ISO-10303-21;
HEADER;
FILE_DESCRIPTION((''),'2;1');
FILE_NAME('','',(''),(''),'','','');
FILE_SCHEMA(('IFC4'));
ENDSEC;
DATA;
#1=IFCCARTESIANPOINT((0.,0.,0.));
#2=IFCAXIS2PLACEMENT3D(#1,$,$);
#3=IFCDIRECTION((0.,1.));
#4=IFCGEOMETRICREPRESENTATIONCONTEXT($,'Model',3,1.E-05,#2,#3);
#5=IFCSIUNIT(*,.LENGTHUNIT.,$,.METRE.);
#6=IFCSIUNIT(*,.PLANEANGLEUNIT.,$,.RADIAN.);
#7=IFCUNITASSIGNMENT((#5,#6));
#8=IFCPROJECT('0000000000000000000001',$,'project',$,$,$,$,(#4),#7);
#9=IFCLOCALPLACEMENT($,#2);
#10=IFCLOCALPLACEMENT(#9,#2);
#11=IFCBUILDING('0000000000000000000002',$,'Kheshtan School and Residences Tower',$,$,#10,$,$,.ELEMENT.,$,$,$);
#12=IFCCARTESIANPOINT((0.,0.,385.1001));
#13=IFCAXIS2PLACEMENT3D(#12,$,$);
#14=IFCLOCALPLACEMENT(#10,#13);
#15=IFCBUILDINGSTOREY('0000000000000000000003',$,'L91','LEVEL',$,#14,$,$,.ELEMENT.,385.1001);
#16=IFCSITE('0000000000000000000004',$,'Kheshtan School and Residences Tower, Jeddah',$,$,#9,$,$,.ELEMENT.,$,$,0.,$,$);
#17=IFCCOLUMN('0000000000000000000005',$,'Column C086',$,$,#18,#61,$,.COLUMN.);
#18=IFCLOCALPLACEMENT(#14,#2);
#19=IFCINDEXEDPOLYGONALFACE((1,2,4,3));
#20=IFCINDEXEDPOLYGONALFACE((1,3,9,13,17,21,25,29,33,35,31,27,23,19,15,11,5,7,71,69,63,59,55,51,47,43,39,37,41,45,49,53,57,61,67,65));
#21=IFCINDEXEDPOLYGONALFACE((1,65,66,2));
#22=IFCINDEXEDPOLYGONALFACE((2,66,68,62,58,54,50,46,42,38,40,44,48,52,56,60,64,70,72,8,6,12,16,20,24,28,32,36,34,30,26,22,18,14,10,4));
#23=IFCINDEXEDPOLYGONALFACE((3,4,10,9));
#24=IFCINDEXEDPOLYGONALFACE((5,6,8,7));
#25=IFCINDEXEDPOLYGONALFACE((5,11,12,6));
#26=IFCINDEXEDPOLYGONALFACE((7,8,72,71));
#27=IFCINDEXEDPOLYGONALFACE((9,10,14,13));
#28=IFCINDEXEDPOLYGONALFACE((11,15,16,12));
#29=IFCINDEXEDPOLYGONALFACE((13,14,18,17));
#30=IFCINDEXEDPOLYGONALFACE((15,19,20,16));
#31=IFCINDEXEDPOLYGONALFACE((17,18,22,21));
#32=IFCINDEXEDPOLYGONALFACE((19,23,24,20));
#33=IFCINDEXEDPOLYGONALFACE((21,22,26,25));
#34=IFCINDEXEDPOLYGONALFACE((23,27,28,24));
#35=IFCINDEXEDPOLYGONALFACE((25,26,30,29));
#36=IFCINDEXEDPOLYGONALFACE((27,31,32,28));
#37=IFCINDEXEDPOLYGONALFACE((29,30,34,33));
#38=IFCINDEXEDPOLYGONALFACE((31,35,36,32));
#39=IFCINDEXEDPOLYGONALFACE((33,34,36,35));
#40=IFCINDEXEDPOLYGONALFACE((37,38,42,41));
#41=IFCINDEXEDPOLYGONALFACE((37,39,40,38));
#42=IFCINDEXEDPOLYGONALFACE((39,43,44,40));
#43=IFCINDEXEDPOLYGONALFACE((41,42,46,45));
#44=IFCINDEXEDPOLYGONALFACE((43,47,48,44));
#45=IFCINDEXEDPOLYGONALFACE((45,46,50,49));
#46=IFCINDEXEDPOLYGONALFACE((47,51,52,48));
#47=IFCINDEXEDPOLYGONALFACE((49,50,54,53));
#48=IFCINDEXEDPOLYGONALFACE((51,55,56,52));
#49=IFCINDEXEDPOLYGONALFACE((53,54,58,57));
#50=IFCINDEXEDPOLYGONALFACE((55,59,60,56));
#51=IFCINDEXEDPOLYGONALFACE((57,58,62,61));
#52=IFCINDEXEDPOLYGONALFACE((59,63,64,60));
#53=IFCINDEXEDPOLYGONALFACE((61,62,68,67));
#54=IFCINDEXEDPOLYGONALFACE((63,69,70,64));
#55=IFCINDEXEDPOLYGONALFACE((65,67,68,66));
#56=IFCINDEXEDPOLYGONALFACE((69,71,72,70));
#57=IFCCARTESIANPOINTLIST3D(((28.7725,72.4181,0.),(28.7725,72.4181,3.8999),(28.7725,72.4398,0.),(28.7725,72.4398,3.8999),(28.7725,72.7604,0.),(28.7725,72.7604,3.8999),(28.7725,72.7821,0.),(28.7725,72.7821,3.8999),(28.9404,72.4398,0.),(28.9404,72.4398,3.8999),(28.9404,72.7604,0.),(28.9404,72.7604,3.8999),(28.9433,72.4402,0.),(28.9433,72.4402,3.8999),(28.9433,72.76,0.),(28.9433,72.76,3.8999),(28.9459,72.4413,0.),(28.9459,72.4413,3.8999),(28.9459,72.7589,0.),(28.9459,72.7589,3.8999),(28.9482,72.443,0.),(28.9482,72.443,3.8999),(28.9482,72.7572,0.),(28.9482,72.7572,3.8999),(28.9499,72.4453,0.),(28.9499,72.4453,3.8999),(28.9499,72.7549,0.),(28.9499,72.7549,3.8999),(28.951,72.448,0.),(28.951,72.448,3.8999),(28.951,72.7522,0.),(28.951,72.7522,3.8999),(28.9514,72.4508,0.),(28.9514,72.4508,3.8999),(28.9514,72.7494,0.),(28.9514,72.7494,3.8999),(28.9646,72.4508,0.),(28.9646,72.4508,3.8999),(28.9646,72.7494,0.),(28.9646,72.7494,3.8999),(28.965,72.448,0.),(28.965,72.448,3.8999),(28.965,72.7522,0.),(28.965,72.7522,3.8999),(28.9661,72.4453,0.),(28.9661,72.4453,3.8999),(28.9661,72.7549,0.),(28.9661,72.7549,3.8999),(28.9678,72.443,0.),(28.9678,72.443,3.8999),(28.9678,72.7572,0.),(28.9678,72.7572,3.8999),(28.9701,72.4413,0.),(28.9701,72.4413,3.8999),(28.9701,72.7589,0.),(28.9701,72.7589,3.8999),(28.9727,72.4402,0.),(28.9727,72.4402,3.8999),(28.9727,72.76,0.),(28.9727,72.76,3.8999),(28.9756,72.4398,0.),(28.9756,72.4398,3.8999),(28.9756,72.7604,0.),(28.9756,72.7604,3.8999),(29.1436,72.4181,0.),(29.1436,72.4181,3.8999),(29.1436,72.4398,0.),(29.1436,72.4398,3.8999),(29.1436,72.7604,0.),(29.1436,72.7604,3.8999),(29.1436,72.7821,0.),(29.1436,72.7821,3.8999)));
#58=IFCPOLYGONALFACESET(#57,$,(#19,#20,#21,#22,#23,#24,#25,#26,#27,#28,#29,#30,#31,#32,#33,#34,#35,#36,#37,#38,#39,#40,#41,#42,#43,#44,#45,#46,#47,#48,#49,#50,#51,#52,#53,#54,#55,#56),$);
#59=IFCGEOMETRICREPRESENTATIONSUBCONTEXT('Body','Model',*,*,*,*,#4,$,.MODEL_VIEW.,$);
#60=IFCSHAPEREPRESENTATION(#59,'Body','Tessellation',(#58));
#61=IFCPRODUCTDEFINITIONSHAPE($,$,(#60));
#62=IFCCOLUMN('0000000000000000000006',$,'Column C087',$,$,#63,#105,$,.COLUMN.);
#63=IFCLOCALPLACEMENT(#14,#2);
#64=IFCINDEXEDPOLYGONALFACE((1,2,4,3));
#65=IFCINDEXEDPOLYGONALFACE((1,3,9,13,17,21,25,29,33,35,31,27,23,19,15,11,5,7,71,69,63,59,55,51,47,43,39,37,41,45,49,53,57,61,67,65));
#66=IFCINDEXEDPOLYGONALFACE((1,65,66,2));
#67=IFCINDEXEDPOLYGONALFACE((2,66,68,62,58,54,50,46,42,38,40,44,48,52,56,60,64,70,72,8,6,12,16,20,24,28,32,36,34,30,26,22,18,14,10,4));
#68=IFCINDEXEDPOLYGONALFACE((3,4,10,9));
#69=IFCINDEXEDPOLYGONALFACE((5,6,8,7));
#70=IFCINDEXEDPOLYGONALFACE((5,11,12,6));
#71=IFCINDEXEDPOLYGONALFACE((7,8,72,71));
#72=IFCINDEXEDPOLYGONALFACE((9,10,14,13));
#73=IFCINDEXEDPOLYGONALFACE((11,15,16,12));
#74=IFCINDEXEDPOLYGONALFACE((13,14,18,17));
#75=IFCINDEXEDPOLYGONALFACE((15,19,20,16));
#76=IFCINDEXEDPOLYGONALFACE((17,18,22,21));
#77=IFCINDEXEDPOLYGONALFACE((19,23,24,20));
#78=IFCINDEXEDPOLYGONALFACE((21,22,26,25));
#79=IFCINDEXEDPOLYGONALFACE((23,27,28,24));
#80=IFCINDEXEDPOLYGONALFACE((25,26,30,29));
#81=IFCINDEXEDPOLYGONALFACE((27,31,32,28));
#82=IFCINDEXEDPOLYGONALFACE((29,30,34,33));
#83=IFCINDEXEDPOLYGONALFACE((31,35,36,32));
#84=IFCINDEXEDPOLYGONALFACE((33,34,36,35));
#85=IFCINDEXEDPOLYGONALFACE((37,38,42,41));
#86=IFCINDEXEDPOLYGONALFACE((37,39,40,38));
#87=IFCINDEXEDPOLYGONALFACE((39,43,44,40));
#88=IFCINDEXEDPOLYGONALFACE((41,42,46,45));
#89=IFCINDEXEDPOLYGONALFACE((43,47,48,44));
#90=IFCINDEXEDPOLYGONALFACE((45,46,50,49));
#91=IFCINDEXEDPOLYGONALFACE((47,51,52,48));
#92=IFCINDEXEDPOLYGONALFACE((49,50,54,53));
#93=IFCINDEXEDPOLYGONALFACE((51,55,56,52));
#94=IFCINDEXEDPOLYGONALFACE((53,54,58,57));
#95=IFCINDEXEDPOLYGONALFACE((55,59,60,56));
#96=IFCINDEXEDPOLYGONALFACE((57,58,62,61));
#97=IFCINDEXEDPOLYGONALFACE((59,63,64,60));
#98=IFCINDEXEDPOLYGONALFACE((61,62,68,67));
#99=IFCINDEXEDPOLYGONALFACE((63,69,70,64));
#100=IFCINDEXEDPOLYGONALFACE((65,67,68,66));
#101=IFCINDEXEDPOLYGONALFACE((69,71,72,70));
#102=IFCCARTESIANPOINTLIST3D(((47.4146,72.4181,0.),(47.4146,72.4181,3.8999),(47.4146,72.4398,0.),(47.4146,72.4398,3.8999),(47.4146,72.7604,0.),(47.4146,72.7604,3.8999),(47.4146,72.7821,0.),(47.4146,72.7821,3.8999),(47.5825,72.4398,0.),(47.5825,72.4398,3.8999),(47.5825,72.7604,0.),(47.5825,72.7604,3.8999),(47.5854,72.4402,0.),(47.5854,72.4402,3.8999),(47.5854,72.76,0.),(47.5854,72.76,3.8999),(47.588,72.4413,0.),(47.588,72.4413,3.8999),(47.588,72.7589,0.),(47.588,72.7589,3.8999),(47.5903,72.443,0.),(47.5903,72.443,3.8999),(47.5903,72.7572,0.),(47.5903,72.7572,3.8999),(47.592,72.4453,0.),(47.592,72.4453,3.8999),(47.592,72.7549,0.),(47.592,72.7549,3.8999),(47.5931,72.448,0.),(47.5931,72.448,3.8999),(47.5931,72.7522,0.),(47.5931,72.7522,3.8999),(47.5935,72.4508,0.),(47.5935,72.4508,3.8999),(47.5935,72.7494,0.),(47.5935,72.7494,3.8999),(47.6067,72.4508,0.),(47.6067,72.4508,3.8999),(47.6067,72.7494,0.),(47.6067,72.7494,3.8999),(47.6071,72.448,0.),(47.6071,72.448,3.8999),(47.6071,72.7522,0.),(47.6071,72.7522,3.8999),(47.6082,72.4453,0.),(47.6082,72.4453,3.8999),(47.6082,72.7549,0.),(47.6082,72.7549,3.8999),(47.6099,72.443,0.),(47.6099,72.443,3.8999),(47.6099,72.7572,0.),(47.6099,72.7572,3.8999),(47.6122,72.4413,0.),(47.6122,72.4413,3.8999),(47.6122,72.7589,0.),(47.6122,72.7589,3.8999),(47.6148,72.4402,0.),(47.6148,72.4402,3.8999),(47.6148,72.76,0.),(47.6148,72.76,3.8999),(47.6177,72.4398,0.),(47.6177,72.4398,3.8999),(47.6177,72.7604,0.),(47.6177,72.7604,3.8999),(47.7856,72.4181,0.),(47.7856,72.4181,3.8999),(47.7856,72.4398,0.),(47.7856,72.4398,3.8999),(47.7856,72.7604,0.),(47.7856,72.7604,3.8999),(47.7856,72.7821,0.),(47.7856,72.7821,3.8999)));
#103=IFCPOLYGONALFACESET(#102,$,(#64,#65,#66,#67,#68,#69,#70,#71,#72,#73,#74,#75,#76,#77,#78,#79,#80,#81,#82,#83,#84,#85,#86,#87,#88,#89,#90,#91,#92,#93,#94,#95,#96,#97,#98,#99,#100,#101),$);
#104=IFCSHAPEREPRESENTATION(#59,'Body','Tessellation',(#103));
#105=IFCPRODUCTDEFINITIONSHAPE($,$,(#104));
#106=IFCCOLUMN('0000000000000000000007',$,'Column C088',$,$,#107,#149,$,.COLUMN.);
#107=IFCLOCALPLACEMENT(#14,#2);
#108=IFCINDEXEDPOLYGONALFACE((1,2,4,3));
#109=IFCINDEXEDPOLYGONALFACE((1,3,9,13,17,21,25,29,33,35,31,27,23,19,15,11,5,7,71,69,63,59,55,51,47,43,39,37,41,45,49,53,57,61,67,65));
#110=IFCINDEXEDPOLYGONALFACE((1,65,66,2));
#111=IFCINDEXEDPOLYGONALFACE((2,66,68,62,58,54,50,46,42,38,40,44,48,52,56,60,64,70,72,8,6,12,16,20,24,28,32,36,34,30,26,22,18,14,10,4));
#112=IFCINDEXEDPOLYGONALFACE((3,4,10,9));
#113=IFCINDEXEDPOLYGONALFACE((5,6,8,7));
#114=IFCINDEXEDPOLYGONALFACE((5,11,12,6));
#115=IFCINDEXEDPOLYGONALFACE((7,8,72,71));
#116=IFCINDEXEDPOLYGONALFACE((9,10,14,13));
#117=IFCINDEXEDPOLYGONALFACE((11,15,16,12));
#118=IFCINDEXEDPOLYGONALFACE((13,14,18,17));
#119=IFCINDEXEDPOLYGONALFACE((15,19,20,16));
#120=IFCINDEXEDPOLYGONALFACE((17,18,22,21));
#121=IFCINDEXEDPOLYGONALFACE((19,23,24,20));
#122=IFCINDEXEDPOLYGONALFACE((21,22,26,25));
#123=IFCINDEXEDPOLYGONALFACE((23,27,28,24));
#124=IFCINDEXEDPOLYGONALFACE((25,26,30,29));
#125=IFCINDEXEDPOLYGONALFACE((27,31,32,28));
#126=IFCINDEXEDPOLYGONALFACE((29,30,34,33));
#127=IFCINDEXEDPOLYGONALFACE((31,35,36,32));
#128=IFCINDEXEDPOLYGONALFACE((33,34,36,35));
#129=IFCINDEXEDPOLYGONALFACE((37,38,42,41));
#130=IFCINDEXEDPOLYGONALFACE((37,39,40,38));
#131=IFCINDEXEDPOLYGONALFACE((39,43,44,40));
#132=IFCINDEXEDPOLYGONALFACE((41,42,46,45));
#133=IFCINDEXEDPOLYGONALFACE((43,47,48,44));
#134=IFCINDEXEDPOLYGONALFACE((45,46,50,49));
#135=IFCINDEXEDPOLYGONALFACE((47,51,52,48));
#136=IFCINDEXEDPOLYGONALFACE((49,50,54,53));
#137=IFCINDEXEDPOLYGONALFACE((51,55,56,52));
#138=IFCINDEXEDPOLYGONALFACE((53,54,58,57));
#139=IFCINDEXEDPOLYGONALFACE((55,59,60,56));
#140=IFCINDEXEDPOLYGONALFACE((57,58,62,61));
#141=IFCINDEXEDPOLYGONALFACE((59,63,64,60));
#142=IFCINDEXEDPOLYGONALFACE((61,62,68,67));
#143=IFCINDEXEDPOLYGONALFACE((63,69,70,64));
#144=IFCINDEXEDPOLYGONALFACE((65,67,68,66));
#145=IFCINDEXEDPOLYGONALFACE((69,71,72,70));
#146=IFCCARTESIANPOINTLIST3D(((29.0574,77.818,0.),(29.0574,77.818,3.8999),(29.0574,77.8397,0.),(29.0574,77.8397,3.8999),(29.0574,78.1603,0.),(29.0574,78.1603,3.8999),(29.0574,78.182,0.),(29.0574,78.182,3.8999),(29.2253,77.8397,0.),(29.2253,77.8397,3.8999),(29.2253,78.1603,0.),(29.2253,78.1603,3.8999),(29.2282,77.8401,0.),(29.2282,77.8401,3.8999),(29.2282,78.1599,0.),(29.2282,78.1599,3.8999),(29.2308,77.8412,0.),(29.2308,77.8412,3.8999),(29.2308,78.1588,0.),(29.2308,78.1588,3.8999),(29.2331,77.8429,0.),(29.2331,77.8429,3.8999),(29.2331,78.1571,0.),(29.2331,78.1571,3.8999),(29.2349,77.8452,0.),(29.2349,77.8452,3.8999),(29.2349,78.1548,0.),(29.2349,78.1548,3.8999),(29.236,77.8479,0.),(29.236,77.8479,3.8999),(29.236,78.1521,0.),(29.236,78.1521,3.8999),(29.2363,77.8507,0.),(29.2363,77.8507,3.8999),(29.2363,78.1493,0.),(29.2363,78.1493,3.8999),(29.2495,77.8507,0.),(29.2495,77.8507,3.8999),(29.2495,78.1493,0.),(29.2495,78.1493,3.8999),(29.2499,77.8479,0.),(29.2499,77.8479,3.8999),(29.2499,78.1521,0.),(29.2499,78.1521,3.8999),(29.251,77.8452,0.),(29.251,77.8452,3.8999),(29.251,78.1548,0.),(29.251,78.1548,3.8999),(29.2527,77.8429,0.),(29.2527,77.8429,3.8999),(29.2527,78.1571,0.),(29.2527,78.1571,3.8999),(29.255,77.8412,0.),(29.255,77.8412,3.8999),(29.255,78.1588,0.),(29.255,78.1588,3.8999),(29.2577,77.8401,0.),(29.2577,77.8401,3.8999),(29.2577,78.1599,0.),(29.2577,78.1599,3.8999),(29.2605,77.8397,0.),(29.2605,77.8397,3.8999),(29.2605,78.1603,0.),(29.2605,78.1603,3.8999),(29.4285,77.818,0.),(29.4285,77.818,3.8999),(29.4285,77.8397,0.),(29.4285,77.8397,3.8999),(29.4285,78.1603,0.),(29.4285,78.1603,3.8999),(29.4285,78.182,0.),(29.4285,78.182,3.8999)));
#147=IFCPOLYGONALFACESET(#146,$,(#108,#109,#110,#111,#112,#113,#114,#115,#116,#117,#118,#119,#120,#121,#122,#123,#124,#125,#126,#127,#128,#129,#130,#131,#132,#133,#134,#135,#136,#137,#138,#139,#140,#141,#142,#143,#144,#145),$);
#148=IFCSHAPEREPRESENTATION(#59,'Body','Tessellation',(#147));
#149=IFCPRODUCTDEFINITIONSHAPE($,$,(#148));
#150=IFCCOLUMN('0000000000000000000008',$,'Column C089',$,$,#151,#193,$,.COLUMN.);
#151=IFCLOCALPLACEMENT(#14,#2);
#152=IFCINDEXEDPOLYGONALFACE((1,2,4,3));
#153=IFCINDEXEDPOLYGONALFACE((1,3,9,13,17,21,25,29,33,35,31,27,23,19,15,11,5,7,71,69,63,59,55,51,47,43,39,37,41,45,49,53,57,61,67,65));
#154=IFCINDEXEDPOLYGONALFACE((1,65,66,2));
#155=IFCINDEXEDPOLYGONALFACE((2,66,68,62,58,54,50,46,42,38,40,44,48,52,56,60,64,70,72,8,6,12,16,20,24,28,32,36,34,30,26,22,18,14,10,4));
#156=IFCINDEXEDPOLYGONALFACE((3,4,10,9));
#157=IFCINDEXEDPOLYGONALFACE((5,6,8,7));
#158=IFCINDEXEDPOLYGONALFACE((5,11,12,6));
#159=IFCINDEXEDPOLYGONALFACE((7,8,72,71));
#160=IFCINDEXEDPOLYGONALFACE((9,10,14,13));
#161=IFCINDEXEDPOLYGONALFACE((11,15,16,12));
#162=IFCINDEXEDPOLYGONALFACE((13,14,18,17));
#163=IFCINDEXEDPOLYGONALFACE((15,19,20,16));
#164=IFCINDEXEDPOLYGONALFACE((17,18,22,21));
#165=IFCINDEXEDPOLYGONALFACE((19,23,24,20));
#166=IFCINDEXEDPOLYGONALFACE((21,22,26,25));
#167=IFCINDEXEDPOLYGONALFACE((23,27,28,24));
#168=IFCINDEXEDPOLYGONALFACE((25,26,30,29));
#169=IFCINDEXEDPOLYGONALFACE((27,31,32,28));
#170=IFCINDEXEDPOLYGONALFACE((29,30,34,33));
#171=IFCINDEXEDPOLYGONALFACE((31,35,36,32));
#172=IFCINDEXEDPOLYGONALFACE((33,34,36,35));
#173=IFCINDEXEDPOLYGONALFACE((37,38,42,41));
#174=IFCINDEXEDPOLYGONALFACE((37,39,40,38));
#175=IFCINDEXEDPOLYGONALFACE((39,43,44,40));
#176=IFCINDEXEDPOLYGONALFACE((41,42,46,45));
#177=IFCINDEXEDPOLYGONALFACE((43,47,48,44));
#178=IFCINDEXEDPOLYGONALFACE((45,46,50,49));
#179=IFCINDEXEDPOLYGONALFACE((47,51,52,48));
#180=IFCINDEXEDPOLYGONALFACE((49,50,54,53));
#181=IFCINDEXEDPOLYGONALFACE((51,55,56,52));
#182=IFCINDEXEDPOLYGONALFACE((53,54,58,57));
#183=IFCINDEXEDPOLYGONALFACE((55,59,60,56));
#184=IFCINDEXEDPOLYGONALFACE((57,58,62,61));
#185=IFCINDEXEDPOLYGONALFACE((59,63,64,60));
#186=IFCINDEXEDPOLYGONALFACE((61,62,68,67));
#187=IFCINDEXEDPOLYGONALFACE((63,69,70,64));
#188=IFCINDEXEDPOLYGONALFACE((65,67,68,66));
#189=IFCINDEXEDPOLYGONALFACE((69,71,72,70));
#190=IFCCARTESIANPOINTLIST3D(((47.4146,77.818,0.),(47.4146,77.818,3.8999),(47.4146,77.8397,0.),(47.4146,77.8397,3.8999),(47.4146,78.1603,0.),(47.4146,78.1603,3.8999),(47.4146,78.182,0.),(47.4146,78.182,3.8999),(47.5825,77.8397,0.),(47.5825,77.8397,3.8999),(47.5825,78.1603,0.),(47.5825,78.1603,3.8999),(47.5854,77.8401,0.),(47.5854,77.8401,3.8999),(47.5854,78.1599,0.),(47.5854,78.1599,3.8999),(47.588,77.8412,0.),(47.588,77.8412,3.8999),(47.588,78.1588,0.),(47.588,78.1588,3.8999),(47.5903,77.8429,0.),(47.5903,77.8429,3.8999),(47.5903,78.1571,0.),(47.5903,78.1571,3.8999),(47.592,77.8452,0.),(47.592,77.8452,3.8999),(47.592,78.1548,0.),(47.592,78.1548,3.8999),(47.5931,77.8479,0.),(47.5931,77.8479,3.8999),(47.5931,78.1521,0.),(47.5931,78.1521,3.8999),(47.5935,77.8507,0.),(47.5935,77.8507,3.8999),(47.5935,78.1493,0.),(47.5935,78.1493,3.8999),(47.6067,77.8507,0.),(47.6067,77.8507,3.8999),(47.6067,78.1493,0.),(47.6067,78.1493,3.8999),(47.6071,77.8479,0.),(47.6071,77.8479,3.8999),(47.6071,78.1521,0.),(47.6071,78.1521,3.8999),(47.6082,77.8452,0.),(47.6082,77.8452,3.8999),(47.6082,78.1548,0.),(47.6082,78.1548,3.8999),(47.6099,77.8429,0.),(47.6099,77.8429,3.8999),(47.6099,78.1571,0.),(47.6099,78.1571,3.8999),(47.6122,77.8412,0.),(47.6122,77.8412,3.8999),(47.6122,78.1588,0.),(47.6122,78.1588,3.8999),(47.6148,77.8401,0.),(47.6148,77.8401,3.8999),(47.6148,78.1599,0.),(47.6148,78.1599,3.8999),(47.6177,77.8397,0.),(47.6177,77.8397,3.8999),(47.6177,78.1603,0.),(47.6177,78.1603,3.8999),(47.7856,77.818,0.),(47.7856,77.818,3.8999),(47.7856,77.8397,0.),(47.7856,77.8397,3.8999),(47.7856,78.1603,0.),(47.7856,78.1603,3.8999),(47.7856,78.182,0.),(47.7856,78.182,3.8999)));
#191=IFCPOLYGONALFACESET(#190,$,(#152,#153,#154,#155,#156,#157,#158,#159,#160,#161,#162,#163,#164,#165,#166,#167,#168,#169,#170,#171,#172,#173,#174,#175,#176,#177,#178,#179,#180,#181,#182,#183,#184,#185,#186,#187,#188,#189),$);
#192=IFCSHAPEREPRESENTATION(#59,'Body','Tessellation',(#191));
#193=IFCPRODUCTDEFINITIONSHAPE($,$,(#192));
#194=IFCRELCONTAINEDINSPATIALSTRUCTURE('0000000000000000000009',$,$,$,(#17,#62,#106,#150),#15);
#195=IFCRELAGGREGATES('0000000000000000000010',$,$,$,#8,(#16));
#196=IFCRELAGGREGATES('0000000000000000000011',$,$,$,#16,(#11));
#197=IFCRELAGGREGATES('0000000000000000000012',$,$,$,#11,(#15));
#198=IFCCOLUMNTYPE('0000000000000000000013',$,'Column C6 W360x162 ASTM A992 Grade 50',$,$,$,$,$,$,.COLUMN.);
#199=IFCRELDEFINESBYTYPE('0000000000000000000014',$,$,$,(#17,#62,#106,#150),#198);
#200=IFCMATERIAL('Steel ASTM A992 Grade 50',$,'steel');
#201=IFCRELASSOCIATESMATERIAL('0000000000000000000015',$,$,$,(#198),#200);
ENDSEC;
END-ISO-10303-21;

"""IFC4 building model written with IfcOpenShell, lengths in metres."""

from ifc_helpers import new_model, si_unit, direction, frame, origin, origin_2d, place, context, subcontext, project, spatial, i_section, extrude, material, material_profile, profile_set, type_object, element, save


model = new_model("IFC4")

# Units and contexts
model_context = context("Model", 3, precision=1e-05, world=origin(), true_north=direction((0.0, 1.0)))
body_context = subcontext(model_context, "Body", "Model", "MODEL_VIEW")
ifc_project = project(units=[si_unit("LENGTHUNIT", "METRE"), si_unit("PLANEANGLEUNIT", "RADIAN")], contexts=[model_context])

# Site, building, storey
site_placement = place(None, origin())
site = spatial("IfcSite", under=ifc_project, at=site_placement, Name="Kheshtan School and Residences Tower, Jeddah", CompositionType="ELEMENT", RefElevation=0.0)
building_placement = place(site_placement, origin())
building = spatial("IfcBuilding", under=site, at=building_placement, Name="Kheshtan School and Residences Tower", CompositionType="ELEMENT")
storey_placement = place(building_placement, frame((0.0, 0.0, 385.1001)))
storey = spatial("IfcBuildingStorey", under=building, at=storey_placement, Name="L91", Description="LEVEL", CompositionType="ELEMENT", Elevation=385.1001)

# Columns
ifc_material_1 = material(Name="Steel ASTM A992 Grade 50", Category="steel")
ifc_material_profile_1 = material_profile(ifc_material_1, i_section(OverallWidth=0.3711, OverallDepth=0.364, WebThickness=0.0132, FlangeThickness=0.0217, FilletRadius=0.011, at=origin_2d()), Name="W360x162")
ifc_profile_set_1 = profile_set([ifc_material_profile_1], Name="Steel ASTM A992 Grade 50")
column_type = type_object("IfcColumnType", Name="Column C6 W360x162 ASTM A992 Grade 50", PredefinedType="COLUMN", material=ifc_profile_set_1)
for number, where, z_axis, x_axis, name in (
    (1, (28.958, 72.6001, 0.0), (0.0, 0.0, 1.0), (1.0, 0.0, 0.0), "Column C086"),
    (2, (47.6001, 72.6001, 0.0), (0.0, 0.0, 1.0), (1.0, 0.0, 0.0), "Column C087"),
    (3, (29.2429, 78.0, 0.0), (0.0, 0.0, 1.0), (1.0, 0.0, 0.0), "Column C088"),
    (4, (47.6001, 78.0, 0.0), (0.0, 0.0, 1.0), (1.0, 0.0, 0.0), "Column C089"),
):
    element("IfcColumn", number, at=place(storey_placement, frame(where, z_axis=z_axis, x_axis=x_axis)), inside=storey, type_object=column_type, Name=name, PredefinedType="COLUMN", context=body_context, shape_type="SweptSolid", body=[
        extrude(i_section(OverallWidth=0.3711, OverallDepth=0.364, WebThickness=0.0132, FlangeThickness=0.0217, FilletRadius=0.011, at=origin_2d()), origin(), (0.0, 0.0, 1.0), 3.8999),
    ])

save(model, "model.ifc")
